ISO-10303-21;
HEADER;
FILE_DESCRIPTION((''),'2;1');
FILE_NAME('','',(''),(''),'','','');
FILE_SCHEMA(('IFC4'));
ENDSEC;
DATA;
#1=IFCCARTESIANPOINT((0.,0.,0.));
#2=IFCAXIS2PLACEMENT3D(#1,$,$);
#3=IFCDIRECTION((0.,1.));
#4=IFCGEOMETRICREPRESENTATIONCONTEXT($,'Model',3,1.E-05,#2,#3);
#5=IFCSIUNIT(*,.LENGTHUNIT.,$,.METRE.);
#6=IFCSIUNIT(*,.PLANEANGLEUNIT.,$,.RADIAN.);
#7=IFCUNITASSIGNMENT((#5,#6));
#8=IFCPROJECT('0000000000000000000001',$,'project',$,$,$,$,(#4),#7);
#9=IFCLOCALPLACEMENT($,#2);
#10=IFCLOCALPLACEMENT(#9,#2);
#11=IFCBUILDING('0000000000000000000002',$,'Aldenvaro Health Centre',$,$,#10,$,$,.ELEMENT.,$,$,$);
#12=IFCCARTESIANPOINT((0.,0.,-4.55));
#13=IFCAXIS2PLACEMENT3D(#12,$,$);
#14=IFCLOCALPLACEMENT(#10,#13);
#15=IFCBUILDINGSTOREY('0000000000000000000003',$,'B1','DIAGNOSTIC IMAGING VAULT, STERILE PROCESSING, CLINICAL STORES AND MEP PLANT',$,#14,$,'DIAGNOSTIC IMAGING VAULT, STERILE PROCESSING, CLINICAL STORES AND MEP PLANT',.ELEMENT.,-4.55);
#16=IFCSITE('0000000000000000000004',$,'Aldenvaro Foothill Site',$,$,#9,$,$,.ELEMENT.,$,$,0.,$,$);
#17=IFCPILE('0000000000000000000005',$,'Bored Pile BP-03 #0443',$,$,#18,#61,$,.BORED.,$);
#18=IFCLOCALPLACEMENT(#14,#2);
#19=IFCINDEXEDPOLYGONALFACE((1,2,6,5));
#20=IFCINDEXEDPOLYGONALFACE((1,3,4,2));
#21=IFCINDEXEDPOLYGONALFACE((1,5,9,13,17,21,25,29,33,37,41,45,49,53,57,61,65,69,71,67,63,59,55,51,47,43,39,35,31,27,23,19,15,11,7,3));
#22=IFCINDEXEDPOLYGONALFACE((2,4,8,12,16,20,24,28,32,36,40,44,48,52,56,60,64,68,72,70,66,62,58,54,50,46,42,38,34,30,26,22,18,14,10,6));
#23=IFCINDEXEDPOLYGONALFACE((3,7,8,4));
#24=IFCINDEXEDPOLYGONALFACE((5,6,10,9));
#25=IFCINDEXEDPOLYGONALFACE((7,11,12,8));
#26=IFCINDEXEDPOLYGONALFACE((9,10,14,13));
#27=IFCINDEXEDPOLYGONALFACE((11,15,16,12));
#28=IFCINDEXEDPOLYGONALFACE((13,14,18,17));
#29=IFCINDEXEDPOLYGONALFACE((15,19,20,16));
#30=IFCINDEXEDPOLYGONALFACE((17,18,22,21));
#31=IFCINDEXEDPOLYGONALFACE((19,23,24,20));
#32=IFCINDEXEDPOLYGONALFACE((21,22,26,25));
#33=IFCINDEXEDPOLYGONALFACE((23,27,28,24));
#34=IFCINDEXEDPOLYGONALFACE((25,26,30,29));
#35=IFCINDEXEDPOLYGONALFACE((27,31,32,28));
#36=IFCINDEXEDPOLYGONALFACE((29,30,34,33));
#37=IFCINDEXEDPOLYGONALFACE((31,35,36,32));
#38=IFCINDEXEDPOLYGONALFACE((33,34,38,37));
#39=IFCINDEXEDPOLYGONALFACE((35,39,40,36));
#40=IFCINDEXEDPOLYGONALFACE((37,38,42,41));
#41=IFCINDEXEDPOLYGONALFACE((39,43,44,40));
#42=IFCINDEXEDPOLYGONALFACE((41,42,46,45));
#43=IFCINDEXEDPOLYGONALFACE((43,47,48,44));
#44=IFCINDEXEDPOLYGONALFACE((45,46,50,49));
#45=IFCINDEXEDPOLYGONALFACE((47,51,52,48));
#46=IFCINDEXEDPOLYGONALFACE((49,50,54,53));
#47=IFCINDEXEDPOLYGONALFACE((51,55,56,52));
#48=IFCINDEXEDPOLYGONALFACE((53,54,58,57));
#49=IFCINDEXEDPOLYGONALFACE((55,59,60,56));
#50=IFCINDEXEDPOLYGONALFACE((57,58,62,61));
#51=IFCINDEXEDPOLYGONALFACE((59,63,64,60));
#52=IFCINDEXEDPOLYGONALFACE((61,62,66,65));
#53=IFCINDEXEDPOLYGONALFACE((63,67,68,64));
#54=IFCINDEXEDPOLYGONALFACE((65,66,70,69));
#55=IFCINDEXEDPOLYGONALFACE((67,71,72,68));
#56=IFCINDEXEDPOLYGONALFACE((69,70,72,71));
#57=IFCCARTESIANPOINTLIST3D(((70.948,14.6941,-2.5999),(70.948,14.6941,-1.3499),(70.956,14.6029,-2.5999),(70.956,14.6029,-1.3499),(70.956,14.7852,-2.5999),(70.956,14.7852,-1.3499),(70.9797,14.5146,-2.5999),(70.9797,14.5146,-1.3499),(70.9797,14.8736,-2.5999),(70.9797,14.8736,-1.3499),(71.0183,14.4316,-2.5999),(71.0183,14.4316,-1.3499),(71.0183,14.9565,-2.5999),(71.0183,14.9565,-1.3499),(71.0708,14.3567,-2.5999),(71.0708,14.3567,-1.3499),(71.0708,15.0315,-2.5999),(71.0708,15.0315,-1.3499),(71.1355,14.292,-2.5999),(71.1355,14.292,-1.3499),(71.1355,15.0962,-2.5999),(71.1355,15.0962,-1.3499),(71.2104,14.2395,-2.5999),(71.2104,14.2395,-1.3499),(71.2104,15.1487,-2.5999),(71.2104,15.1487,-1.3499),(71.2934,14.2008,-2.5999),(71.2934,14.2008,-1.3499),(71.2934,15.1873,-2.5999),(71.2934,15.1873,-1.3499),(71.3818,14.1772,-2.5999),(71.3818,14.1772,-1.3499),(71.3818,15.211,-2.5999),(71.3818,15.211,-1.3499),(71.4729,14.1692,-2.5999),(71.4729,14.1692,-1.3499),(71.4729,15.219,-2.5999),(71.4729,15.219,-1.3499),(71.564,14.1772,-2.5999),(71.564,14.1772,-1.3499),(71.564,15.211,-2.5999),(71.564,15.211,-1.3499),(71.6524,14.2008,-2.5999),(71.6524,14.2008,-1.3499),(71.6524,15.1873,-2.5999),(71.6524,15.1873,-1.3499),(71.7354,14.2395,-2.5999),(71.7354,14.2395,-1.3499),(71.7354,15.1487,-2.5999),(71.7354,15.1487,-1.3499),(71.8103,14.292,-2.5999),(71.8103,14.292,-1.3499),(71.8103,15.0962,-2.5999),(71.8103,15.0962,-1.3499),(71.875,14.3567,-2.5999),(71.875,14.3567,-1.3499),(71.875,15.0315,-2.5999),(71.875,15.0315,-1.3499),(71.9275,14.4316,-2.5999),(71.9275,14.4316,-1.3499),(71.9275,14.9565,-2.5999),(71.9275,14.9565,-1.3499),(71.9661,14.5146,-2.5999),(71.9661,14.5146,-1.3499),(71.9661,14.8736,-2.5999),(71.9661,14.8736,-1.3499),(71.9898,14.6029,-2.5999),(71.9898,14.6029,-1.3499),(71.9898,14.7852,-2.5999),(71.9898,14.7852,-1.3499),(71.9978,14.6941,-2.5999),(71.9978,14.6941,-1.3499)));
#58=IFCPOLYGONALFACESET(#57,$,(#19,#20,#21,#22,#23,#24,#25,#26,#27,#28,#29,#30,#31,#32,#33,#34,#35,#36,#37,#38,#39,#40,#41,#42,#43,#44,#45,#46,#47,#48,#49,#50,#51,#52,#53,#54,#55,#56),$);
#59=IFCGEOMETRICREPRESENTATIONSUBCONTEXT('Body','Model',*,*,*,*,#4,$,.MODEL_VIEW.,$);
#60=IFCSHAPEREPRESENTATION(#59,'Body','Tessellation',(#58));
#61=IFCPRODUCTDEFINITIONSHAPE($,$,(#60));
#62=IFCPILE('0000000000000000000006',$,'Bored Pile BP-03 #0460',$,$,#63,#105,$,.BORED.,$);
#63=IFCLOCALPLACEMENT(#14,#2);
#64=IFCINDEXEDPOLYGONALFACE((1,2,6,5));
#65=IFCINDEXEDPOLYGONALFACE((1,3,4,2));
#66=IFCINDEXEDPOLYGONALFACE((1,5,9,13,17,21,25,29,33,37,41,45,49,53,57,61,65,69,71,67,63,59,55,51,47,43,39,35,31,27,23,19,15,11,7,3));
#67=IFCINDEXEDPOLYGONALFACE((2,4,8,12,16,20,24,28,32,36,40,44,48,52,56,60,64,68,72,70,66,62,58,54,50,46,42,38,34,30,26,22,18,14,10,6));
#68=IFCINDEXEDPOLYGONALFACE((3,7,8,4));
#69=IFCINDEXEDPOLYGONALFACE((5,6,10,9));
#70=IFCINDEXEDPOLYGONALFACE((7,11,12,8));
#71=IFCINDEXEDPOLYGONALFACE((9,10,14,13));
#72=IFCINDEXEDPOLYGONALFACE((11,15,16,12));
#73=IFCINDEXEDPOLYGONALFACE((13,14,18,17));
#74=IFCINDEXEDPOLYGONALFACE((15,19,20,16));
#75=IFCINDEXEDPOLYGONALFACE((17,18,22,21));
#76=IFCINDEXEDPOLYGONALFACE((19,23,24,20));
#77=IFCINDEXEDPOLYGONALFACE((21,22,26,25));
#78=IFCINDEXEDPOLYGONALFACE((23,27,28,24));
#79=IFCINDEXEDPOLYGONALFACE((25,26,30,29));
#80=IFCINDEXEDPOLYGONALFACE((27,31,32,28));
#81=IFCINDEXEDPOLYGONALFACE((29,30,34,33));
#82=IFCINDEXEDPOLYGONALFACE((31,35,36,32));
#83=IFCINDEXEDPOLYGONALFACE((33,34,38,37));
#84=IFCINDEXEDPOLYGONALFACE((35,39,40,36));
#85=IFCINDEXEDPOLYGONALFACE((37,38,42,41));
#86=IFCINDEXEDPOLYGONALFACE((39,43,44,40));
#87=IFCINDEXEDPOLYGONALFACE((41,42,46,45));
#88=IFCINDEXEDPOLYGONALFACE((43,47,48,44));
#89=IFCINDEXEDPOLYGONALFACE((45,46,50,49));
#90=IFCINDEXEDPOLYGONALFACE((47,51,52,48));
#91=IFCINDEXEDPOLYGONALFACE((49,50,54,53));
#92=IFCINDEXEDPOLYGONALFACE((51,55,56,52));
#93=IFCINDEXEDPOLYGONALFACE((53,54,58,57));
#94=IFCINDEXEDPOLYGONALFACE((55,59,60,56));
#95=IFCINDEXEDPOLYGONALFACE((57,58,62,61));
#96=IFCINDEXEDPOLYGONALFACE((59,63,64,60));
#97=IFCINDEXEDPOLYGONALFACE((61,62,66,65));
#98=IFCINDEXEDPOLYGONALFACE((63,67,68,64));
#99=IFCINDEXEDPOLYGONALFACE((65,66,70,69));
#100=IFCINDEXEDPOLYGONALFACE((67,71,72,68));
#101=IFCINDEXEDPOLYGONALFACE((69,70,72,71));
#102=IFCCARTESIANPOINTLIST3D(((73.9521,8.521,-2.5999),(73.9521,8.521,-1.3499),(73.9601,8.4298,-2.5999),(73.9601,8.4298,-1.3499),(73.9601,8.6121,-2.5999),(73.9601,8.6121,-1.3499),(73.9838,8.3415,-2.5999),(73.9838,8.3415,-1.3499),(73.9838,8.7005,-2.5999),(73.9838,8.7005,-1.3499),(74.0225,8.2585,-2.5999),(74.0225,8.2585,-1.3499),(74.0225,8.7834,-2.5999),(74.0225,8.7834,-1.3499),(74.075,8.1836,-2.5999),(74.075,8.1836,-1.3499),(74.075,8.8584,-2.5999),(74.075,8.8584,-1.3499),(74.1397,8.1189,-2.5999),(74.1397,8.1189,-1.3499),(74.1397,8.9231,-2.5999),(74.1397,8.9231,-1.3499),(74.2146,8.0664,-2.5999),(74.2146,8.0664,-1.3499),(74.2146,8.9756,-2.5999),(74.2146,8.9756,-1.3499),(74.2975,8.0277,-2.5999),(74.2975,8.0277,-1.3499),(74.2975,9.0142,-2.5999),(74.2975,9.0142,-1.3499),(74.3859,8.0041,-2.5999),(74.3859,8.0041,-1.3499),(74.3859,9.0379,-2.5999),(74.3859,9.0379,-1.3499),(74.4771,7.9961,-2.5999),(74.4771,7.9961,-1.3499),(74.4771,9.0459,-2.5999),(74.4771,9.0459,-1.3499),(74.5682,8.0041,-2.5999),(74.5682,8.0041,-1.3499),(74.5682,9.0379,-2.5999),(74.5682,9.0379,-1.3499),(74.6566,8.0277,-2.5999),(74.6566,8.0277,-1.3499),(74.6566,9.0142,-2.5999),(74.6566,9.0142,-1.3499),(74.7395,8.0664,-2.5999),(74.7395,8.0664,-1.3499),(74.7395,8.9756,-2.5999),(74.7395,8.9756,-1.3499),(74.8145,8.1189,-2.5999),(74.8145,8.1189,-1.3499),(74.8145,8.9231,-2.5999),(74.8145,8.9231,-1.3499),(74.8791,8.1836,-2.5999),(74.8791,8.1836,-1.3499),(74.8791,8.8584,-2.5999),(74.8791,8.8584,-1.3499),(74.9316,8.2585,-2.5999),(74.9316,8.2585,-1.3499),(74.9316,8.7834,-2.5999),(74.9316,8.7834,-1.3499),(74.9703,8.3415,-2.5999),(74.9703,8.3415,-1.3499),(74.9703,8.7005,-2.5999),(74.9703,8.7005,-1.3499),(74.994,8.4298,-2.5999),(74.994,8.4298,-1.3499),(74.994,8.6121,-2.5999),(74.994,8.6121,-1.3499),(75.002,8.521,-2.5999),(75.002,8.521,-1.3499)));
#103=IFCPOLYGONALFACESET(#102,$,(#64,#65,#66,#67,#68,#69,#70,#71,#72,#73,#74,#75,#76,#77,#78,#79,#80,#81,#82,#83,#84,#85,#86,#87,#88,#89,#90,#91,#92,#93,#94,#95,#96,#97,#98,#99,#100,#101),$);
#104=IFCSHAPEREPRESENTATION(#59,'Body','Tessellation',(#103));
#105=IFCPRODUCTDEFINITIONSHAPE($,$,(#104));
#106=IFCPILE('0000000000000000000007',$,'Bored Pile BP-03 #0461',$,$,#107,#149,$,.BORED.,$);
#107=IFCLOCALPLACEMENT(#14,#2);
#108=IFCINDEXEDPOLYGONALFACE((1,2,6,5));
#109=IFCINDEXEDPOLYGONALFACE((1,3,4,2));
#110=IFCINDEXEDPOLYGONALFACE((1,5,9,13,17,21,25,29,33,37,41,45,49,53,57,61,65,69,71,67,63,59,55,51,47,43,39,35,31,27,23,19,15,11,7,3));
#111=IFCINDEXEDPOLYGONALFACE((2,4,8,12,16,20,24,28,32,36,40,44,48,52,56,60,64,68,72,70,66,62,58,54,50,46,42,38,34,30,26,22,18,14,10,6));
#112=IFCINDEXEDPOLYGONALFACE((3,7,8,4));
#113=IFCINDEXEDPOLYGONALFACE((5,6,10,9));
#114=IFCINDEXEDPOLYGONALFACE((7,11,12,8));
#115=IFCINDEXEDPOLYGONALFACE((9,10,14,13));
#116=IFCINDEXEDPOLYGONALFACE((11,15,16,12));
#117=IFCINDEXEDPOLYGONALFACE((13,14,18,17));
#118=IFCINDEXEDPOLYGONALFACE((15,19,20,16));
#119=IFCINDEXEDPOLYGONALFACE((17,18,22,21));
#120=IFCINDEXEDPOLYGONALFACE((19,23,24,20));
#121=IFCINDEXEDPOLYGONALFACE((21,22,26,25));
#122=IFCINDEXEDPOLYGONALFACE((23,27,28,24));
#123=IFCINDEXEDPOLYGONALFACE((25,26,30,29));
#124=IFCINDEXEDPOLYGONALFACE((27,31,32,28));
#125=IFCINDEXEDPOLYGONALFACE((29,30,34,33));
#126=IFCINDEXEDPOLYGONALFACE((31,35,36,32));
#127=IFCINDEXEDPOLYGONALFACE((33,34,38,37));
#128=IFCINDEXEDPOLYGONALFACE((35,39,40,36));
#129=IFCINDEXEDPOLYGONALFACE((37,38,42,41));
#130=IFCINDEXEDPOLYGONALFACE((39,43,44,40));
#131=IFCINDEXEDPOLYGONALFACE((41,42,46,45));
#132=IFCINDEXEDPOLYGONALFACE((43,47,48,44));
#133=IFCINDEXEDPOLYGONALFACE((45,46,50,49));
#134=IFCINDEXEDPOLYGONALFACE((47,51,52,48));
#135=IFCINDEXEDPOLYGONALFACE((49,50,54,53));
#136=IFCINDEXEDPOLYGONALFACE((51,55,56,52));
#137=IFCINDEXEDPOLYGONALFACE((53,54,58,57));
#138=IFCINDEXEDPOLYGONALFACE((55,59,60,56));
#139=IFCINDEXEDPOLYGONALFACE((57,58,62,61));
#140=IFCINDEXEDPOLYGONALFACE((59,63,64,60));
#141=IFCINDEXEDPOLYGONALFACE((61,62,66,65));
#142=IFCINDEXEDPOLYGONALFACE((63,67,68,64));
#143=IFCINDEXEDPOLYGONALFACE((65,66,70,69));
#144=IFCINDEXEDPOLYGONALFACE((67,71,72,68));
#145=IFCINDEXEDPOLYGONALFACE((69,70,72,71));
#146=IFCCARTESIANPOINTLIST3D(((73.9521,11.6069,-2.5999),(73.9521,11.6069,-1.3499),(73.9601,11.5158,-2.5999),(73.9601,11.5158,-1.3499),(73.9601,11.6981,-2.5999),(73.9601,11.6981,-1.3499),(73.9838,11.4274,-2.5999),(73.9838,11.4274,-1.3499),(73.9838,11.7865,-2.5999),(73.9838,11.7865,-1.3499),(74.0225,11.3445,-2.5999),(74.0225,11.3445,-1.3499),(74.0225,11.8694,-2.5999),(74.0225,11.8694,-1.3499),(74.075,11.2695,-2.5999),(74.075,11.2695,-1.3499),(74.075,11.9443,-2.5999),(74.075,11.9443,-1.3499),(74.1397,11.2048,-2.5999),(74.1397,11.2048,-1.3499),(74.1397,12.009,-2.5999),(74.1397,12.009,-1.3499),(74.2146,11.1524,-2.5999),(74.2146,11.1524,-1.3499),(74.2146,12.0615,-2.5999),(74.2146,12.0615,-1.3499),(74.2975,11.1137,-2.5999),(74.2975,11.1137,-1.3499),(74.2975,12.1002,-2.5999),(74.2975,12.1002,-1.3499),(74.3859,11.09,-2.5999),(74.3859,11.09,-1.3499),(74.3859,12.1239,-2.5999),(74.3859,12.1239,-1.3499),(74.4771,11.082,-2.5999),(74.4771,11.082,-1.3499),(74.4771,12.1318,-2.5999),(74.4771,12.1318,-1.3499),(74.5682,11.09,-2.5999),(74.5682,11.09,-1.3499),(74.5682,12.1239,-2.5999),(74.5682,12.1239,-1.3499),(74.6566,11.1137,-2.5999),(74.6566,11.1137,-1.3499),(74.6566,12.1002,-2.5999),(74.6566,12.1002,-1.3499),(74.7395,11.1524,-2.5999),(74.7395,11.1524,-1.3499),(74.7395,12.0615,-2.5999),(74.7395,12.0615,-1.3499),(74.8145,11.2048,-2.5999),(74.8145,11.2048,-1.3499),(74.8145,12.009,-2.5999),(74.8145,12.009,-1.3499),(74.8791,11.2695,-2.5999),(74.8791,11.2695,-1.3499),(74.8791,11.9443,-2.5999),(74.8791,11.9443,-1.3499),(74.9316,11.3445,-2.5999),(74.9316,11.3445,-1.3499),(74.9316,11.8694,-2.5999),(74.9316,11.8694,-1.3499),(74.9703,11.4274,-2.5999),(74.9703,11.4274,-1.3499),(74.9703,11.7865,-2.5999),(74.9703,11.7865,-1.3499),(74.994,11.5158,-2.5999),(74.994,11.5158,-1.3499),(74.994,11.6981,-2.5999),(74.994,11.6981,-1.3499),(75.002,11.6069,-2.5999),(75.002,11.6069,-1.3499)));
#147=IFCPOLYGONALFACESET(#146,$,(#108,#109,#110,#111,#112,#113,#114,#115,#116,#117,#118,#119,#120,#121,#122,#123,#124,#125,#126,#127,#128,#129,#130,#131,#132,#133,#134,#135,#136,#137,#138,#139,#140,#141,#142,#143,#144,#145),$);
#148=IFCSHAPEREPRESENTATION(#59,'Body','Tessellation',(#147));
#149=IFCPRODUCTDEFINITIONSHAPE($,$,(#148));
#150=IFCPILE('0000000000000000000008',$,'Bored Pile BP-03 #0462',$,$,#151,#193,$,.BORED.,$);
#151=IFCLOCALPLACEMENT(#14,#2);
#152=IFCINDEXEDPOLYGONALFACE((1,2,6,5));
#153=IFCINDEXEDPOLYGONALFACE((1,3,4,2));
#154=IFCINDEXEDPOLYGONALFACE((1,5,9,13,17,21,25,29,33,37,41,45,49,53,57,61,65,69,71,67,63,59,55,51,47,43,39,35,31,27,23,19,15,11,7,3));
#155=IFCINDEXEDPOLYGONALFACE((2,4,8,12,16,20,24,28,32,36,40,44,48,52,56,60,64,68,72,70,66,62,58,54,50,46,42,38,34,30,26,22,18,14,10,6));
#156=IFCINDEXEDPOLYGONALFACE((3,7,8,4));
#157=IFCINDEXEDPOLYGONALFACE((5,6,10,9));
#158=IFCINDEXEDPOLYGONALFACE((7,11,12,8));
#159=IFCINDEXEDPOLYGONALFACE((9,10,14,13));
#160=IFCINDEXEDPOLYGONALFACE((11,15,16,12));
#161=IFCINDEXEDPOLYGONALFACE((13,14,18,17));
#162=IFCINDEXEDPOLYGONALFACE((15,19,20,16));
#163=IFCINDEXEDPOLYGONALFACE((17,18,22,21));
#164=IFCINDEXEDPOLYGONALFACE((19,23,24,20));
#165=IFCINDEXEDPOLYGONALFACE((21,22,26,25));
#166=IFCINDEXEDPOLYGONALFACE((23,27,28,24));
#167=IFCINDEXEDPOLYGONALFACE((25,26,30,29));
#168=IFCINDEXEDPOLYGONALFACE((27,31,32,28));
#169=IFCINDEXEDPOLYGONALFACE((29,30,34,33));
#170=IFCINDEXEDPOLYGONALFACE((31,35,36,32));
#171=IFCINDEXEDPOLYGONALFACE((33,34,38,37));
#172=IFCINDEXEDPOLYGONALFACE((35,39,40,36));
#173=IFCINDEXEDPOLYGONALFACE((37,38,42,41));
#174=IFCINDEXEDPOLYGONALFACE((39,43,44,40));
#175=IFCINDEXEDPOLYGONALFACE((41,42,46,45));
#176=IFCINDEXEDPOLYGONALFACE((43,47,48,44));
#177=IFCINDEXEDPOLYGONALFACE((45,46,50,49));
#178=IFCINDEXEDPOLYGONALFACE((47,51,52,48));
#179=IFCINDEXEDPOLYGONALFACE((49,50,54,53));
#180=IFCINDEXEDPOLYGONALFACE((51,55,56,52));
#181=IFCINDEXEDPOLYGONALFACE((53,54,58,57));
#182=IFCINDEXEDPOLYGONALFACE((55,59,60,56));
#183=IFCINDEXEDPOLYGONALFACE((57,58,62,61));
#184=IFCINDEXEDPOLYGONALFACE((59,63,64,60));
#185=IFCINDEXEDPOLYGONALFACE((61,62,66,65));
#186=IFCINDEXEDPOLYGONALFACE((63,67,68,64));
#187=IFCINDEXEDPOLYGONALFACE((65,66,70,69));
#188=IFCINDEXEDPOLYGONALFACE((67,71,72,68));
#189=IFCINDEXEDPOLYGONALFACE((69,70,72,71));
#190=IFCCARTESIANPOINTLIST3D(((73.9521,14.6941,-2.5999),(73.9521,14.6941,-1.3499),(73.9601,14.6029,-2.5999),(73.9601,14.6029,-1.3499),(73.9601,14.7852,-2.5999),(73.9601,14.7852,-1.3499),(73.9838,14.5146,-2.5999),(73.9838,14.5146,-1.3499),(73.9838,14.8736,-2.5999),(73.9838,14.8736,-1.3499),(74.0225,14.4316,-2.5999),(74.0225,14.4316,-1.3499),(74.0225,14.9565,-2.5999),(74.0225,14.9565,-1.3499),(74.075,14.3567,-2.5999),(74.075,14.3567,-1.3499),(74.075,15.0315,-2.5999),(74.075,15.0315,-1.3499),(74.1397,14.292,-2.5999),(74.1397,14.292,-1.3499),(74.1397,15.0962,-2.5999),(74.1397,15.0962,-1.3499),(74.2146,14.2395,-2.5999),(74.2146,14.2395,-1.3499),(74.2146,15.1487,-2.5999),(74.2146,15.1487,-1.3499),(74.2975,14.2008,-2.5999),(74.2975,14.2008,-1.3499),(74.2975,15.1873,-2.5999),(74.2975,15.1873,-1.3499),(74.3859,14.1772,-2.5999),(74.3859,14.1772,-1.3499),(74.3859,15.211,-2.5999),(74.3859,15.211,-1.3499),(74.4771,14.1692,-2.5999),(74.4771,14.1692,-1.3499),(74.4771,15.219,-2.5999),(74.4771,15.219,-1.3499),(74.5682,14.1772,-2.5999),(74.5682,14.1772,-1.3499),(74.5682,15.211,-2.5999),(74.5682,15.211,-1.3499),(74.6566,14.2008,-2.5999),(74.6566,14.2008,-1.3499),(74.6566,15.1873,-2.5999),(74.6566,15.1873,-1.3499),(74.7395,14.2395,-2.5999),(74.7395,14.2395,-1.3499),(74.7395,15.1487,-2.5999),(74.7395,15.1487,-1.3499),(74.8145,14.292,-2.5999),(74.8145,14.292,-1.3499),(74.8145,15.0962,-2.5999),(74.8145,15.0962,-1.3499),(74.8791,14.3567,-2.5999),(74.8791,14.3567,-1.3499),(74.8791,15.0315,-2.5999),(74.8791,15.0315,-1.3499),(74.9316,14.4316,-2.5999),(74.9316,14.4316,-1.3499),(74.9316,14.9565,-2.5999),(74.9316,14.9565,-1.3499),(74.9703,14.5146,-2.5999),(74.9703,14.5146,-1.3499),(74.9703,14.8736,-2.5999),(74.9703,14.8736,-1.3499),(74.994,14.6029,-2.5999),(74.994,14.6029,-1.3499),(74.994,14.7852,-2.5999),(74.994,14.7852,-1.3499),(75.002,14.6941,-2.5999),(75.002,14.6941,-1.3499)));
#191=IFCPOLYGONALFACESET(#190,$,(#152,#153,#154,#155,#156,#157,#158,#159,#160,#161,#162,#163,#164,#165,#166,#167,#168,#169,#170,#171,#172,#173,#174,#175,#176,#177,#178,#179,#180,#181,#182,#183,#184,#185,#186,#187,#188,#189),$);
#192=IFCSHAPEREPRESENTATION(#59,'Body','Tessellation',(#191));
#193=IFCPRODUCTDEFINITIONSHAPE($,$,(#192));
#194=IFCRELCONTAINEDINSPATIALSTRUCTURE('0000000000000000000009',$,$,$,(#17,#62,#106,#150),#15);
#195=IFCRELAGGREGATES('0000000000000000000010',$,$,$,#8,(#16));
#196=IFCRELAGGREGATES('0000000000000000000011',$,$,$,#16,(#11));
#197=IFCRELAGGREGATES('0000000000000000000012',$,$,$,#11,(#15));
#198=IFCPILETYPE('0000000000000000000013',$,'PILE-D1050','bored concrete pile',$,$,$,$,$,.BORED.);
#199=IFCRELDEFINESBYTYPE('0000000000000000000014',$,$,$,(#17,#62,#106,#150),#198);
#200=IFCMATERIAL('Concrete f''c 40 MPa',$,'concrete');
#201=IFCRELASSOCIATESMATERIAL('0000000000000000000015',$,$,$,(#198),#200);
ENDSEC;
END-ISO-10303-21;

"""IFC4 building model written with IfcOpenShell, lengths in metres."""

from ifc_helpers import new_model, si_unit, direction, frame, origin, origin_2d, place, context, subcontext, project, spatial, circle, extrude, material, material_profile, profile_set, type_object, element, save


model = new_model("IFC4")

# Units and contexts
model_context = context("Model", 3, precision=1e-05, world=origin(), true_north=direction((0.0, 1.0)))
body_context = subcontext(model_context, "Body", "Model", "MODEL_VIEW")
ifc_project = project(units=[si_unit("LENGTHUNIT", "METRE"), si_unit("PLANEANGLEUNIT", "RADIAN")], contexts=[model_context])

# Site, building, storey
site_placement = place(None, origin())
site = spatial("IfcSite", under=ifc_project, at=site_placement, Name="Aldenvaro Foothill Site", CompositionType="ELEMENT", RefElevation=0.0)
building_placement = place(site_placement, origin())
building = spatial("IfcBuilding", under=site, at=building_placement, Name="Aldenvaro Health Centre", CompositionType="ELEMENT")
storey_placement = place(building_placement, frame((0.0, 0.0, -4.55)))
storey = spatial("IfcBuildingStorey", under=building, at=storey_placement, Name="B1", Description="DIAGNOSTIC IMAGING VAULT, STERILE PROCESSING, CLINICAL STORES AND MEP PLANT", LongName="DIAGNOSTIC IMAGING VAULT, STERILE PROCESSING, CLINICAL STORES AND MEP PLANT", CompositionType="ELEMENT", Elevation=-4.55)

# Piles
ifc_material_1 = material(Name="Concrete f'c 40 MPa", Category="concrete")
ifc_material_profile_1 = material_profile(ifc_material_1, circle(Radius=0.5249, at=origin_2d()), Name="PILE D1050", Category="concrete")
ifc_profile_set_1 = profile_set([ifc_material_profile_1], Name="Concrete f'c 40 MPa")
pile_type = type_object("IfcPileType", Name="PILE-D1050", Description="bored concrete pile", PredefinedType="BORED", material=ifc_profile_set_1)
for number, where, z_axis, x_axis, name in (
    (1, (71.4729, 14.6941, -1.3499), (0.0, 0.0, -1.0), (1.0, 0.0, 0.0), "Bored Pile BP-03 #0443"),
    (2, (74.4771, 8.521, -1.3499), (0.0, 0.0, -1.0), (1.0, 0.0, 0.0), "Bored Pile BP-03 #0460"),
    (3, (74.4771, 11.6069, -1.3499), (0.0, 0.0, -1.0), (1.0, 0.0, 0.0), "Bored Pile BP-03 #0461"),
    (4, (74.4771, 14.6941, -1.3499), (0.0, 0.0, -1.0), (1.0, 0.0, 0.0), "Bored Pile BP-03 #0462"),
):
    element("IfcPile", number, at=place(storey_placement, frame(where, z_axis=z_axis, x_axis=x_axis)), inside=storey, type_object=pile_type, Name=name, PredefinedType="BORED", context=body_context, shape_type="SweptSolid", body=[
        extrude(circle(Radius=0.5249, at=origin_2d()), origin(), (0.0, 0.0, 1.0), 1.25),
    ])

save(model, "model.ifc")
